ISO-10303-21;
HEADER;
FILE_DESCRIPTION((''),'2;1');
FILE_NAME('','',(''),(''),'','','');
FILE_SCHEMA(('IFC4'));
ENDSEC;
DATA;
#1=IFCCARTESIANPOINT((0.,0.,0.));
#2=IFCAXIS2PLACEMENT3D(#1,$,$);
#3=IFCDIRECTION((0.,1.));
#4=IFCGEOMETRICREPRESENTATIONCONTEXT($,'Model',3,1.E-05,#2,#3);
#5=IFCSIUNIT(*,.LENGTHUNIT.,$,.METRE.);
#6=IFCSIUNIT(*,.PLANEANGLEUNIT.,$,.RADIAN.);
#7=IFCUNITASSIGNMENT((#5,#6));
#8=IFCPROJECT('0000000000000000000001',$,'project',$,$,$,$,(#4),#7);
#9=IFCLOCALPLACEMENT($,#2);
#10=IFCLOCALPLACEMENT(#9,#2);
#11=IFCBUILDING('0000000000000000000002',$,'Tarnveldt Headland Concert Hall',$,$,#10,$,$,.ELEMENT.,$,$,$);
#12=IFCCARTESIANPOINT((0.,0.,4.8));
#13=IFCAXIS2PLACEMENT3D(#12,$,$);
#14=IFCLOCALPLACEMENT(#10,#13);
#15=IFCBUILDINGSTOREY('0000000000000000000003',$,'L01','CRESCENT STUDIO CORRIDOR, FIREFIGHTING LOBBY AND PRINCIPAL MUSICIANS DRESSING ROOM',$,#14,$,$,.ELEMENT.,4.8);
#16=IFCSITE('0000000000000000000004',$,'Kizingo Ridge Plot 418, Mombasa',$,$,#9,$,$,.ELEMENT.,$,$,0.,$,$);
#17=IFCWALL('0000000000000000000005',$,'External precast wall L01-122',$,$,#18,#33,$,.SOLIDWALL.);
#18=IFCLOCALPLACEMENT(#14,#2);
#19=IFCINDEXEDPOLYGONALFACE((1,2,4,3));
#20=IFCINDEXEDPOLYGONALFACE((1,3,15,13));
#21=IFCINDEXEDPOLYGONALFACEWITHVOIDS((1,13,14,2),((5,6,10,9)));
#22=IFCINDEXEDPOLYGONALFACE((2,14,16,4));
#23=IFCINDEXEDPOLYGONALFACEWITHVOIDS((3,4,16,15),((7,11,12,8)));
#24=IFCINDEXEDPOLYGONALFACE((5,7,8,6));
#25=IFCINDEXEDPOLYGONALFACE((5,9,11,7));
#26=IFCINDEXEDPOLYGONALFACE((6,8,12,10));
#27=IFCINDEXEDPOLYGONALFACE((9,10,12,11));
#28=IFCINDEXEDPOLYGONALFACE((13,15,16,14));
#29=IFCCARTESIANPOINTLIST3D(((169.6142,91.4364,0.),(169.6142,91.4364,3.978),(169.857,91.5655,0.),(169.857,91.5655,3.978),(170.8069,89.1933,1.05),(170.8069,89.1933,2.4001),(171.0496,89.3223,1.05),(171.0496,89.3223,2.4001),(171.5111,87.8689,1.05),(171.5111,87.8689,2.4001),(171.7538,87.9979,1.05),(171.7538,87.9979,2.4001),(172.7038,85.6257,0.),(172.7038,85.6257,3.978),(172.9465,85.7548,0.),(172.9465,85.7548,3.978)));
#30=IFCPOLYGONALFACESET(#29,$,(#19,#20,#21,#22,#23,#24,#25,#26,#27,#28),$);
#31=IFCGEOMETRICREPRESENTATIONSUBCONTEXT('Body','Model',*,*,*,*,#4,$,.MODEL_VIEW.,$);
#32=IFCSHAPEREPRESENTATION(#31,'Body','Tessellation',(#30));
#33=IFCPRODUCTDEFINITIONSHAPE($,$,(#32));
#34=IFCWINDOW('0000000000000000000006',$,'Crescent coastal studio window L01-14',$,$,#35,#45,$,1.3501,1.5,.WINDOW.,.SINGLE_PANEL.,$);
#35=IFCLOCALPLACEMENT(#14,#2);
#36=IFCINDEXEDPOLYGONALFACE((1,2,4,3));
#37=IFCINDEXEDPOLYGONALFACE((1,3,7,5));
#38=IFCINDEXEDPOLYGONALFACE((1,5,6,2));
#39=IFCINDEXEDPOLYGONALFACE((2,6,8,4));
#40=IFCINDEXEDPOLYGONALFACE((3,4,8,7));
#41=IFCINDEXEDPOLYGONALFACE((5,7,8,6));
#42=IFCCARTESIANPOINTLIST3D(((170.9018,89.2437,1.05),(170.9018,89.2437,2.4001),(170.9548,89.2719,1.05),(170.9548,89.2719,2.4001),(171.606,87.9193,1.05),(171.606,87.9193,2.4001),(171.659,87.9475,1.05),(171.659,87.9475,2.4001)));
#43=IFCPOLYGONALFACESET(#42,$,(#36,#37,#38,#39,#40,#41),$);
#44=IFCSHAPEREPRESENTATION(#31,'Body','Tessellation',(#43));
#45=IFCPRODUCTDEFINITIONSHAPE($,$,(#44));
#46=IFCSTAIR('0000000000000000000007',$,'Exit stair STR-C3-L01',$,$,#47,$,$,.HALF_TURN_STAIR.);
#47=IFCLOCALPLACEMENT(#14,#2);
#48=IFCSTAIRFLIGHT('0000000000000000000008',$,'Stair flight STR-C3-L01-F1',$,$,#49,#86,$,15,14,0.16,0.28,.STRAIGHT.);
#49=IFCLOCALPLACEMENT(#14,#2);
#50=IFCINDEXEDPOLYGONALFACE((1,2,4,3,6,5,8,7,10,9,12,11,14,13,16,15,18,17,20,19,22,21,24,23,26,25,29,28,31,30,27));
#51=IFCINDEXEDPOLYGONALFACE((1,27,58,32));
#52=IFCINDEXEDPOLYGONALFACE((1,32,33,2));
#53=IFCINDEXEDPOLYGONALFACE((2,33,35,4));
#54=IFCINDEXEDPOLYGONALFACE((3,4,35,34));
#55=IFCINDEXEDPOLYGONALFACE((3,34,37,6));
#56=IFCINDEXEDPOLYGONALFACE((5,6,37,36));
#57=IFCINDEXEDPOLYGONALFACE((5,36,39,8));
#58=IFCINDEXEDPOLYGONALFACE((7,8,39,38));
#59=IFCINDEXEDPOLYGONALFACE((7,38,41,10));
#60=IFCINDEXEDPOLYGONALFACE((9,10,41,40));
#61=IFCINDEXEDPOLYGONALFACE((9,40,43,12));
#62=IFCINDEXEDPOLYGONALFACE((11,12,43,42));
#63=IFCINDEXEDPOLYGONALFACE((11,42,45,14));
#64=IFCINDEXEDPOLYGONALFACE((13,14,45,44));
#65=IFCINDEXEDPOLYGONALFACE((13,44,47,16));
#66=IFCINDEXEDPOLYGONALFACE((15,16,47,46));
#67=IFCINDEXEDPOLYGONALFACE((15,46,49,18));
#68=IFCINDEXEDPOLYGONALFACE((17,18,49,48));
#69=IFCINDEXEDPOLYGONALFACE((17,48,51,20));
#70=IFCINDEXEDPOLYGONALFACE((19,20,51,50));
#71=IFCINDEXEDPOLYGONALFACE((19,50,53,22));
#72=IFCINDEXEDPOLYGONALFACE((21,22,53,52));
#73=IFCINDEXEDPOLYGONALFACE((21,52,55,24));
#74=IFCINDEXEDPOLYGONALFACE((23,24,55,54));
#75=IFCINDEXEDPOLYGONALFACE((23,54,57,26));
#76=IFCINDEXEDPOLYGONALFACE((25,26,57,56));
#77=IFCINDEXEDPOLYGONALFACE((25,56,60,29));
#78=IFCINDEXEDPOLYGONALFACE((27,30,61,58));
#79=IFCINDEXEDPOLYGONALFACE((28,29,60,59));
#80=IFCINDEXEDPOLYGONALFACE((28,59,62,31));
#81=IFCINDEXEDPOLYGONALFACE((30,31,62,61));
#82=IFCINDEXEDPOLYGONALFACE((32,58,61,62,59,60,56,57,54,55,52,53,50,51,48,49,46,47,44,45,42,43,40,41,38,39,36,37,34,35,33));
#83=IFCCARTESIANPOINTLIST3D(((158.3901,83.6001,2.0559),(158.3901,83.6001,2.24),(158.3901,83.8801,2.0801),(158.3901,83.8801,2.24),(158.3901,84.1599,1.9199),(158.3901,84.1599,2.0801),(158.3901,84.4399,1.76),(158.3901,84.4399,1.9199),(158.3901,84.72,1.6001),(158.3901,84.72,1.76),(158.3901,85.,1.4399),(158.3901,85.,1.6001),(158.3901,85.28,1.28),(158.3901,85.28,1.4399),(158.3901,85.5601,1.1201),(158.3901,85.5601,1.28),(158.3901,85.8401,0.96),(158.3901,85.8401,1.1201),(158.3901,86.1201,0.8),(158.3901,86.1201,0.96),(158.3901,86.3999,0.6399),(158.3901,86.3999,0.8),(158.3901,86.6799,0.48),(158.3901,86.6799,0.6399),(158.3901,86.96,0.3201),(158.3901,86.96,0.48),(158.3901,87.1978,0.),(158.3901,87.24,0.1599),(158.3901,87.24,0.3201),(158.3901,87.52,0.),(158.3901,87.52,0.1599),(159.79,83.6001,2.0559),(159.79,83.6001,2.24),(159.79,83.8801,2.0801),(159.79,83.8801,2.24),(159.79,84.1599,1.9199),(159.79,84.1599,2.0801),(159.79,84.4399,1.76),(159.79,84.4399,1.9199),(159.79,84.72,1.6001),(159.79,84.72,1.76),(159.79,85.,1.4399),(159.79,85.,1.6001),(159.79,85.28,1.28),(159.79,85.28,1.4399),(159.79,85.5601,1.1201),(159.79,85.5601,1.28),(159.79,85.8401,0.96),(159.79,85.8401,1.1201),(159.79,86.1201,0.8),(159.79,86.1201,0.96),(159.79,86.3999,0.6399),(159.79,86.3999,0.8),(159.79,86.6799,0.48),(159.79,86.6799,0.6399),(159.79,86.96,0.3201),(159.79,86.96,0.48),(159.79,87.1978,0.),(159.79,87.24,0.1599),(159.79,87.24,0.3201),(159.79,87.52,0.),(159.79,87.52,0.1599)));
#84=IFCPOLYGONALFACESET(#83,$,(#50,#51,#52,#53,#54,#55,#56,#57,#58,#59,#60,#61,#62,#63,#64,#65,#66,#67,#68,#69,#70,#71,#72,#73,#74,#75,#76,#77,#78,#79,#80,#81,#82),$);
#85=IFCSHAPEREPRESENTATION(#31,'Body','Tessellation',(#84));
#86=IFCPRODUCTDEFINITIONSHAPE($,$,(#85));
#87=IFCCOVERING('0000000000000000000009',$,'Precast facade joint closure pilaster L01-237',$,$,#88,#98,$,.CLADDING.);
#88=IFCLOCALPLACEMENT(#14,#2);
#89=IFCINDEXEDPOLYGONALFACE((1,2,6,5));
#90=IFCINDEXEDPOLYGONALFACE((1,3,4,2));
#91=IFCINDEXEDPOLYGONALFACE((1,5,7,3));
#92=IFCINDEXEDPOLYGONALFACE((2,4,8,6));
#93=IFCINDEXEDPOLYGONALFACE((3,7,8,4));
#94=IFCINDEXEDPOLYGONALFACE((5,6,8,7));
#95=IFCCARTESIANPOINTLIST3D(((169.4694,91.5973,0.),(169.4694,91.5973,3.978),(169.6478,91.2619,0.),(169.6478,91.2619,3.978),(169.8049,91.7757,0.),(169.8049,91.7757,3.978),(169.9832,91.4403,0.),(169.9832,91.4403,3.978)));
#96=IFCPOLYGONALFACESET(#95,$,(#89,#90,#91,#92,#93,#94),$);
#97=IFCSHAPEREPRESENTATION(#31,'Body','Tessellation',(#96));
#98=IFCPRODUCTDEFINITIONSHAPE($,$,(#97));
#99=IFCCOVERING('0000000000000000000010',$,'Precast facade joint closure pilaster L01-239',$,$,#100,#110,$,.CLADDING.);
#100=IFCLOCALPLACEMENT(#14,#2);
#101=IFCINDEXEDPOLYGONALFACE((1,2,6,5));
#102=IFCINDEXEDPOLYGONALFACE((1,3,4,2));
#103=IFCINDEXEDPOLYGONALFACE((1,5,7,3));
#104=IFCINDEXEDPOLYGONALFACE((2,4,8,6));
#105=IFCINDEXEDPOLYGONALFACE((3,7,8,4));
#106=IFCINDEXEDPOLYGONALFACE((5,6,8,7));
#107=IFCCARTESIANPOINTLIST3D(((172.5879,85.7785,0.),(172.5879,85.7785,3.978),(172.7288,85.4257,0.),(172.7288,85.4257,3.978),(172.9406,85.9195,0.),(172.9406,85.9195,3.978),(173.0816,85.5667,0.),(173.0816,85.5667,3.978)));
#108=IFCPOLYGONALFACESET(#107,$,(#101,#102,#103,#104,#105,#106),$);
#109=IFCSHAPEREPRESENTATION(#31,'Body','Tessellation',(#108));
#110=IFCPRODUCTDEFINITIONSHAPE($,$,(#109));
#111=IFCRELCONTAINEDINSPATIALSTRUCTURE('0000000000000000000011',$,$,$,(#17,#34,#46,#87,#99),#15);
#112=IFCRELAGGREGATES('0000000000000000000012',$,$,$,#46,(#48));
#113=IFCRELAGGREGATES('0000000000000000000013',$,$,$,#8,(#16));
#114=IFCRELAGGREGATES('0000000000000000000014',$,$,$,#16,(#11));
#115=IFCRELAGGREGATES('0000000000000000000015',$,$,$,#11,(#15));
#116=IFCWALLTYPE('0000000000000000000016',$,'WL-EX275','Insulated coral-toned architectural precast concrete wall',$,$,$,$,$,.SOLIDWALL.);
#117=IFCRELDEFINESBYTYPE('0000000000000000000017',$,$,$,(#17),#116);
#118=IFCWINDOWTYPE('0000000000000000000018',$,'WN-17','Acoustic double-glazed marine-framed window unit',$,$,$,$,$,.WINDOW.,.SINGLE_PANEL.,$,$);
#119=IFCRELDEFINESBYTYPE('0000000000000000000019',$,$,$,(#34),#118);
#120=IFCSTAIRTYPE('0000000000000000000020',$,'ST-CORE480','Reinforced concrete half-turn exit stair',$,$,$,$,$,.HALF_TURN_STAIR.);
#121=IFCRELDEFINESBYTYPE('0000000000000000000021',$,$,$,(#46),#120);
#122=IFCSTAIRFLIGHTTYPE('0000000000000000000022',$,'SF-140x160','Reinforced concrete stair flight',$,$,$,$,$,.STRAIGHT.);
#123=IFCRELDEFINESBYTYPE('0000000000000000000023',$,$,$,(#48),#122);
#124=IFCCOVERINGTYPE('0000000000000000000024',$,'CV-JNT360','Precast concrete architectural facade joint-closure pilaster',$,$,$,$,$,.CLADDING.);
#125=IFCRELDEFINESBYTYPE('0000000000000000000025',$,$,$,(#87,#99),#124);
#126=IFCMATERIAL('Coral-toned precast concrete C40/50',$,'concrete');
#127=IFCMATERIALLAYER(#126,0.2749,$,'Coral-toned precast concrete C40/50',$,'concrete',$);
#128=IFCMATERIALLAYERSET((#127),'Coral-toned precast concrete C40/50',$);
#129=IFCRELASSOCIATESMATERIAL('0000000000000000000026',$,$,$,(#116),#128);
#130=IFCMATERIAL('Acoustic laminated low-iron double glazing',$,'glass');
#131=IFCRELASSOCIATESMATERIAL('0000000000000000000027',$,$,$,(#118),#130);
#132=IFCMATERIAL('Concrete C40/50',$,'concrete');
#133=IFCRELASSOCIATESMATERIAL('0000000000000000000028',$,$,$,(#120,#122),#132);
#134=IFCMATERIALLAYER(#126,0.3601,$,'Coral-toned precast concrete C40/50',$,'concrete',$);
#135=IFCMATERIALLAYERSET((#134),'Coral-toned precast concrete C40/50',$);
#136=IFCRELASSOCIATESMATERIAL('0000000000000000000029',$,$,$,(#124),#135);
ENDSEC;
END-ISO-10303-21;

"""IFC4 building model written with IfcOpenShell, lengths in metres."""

from ifc_helpers import new_model, si_unit, direction, frame, frame_2d, origin, origin_2d, place, context, subcontext, project, spatial, polyline, rectangle, outline, extrude, material, layer, layer_set, type_object, element, fill, aggregate, save


model = new_model("IFC4")

# Units and contexts
model_context = context("Model", 3, precision=1e-05, world=origin(), true_north=direction((0.0, 1.0)))
body_context = subcontext(model_context, "Body", "Model", "MODEL_VIEW")
ifc_project = project(units=[si_unit("LENGTHUNIT", "METRE"), si_unit("PLANEANGLEUNIT", "RADIAN")], contexts=[model_context])

# Site, building, storey
site_placement = place(None, origin())
site = spatial("IfcSite", under=ifc_project, at=site_placement, Name="Kizingo Ridge Plot 418, Mombasa", CompositionType="ELEMENT", RefElevation=0.0)
building_placement = place(site_placement, origin())
building = spatial("IfcBuilding", under=site, at=building_placement, Name="Tarnveldt Headland Concert Hall", CompositionType="ELEMENT")
storey_placement = place(building_placement, frame((0.0, 0.0, 4.8)))
storey = spatial("IfcBuildingStorey", under=building, at=storey_placement, Name="L01", Description="CRESCENT STUDIO CORRIDOR, FIREFIGHTING LOBBY AND PRINCIPAL MUSICIANS DRESSING ROOM", CompositionType="ELEMENT", Elevation=4.8)

# Shared definitions
ifc_material_1 = material(Name="Concrete C40/50", Category="concrete")

# Wall, opening, window
ifc_material_2 = material(Name="Coral-toned precast concrete C40/50", Category="concrete")
ifc_layer_1 = layer(ifc_material_2, 0.2749, Name="Coral-toned precast concrete C40/50", Category="concrete")
ifc_layer_set_1 = layer_set([ifc_layer_1], Name="Coral-toned precast concrete C40/50")
wall_type_1 = type_object("IfcWallType", Name="WL-EX275", Description="Insulated coral-toned architectural precast concrete wall", PredefinedType="SOLIDWALL", material=ifc_layer_set_1)
ifc_material_3 = material(Name="Acoustic laminated low-iron double glazing", Category="glass")
wall_1_placement = place(storey_placement, frame((169.7356, 91.501, 0.0), z_axis=(0.0, 0.0, 1.0), x_axis=(0.469465, -0.882951, 0.0)))
wall_1 = element("IfcWall", 1, at=wall_1_placement, inside=storey, type_object=wall_type_1, Name="External precast wall L01-122", PredefinedType="SOLIDWALL", context=body_context, shape_type="SweptSolid", body=[
    extrude(rectangle(XDim=6.5811, YDim=0.2749, at=frame_2d((3.2905, 0.0))), origin(), (0.0, 0.0, 1.0), 3.978),
])
opening_1_placement = place(wall_1_placement, frame((2.5405, 0.0, 1.05)))
opening_1 = element("IfcOpeningElement", 2, at=opening_1_placement, cuts=wall_1, PredefinedType="OPENING", context=body_context, shape_type="SweptSolid", body=[
    extrude(rectangle(XDim=1.5, YDim=1.3501, at=frame_2d((0.75, 0.675))), frame((0.0, 0.1475, 0.0), z_axis=(0.0, -1.0, 0.0), x_axis=(1.0, 0.0, 0.0)), (0.0, 0.0, 1.0), 0.2949),
])
window_type_1 = type_object("IfcWindowType", Name="WN-17", Description="Acoustic double-glazed marine-framed window unit", PartitioningType="SINGLE_PANEL", PredefinedType="WINDOW", material=ifc_material_3)
window_1_placement = place(opening_1_placement, origin())
window_1 = element("IfcWindow", 3, at=window_1_placement, inside=storey, type_object=window_type_1, Name="Crescent coastal studio window L01-14", OverallHeight=1.3501, OverallWidth=1.5, PartitioningType="SINGLE_PANEL", PredefinedType="WINDOW", context=body_context, shape_type="SweptSolid", body=[
    extrude(rectangle(XDim=1.5, YDim=1.3501, at=frame_2d((0.75, 0.675))), frame((0.0, 0.03, 0.0), z_axis=(0.0, -1.0, 0.0), x_axis=(1.0, 0.0, 0.0)), (0.0, 0.0, 1.0), 0.0601),
])
fill(opening_1, window_1)

# Stair, stair flight
stair_type = type_object("IfcStairType", Name="ST-CORE480", Description="Reinforced concrete half-turn exit stair", PredefinedType="HALF_TURN_STAIR", material=ifc_material_1)
stair_placement = place(storey_placement, origin())
stair = element("IfcStair", 4, at=stair_placement, inside=storey, type_object=stair_type, Name="Exit stair STR-C3-L01", PredefinedType="HALF_TURN_STAIR")
stair_flight_type = type_object("IfcStairFlightType", Name="SF-140x160", Description="Reinforced concrete stair flight", PredefinedType="STRAIGHT", material=ifc_material_1)
stair_flight_placement = place(storey_placement, frame((159.0901, 87.52, 0.0), z_axis=(0.0, 0.0, 1.0), x_axis=(0.0, -1.0, 0.0)))
stair_flight = element("IfcStairFlight", 5, at=stair_flight_placement, type_object=stair_flight_type, Name="Stair flight STR-C3-L01-F1", NumberOfRisers=15, NumberOfTreads=14, PredefinedType="STRAIGHT", RiserHeight=0.16, TreadLength=0.28, context=body_context, shape_type="SweptSolid", body=[
    extrude(outline(polyline([(0.0, 0.0), (0.0, 0.1599), (0.28, 0.1599), (0.28, 0.3201), (0.5601, 0.3201), (0.5601, 0.48), (0.8401, 0.48), (0.8401, 0.6399), (1.1201, 0.6399), (1.1201, 0.8), (1.3999, 0.8), (1.3999, 0.96), (1.6799, 0.96), (1.6799, 1.1201), (1.96, 1.1201), (1.96, 1.28), (2.24, 1.28), (2.24, 1.4399), (2.52, 1.4399), (2.52, 1.6001), (2.8, 1.6001), (2.8, 1.76), (3.0801, 1.76), (3.0801, 1.9199), (3.3601, 1.9199), (3.3601, 2.0801), (3.6399, 2.0801), (3.6399, 2.24), (3.9199, 2.24), (3.9199, 2.3999), (3.9199, 2.0559), (0.3223, 0.0), (0.0, 0.0)])), frame((0.0, 0.7, 0.0), z_axis=(0.0, -1.0, 0.0), x_axis=(1.0, 0.0, 0.0)), (0.0, 0.0, 1.0), 1.3999),
])
aggregate(stair, [stair_flight])

# Coverings
ifc_layer_2 = layer(ifc_material_2, 0.3601, Name="Coral-toned precast concrete C40/50", Category="concrete")
ifc_layer_set_2 = layer_set([ifc_layer_2], Name="Coral-toned precast concrete C40/50")
covering_type = type_object("IfcCoveringType", Name="CV-JNT360", Description="Precast concrete architectural facade joint-closure pilaster", PredefinedType="CLADDING", material=ifc_layer_set_2)
for number, where, z_axis, x_axis, name in (
    (6, (169.7263, 91.5188, 0.0), (0.0, 0.0, 1.0), (0.469472, -0.882948, 0.0), "Precast facade joint closure pilaster L01-237"),
    (7, (172.8347, 85.6726, 0.0), (0.0, 0.0, 1.0), (0.371044, -0.928615, 0.0), "Precast facade joint closure pilaster L01-239"),
):
    element("IfcCovering", number, at=place(storey_placement, frame(where, z_axis=z_axis, x_axis=x_axis)), inside=storey, type_object=covering_type, Name=name, PredefinedType="CLADDING", context=body_context, shape_type="SweptSolid", body=[
        extrude(rectangle(XDim=0.3799, YDim=0.3799, at=origin_2d()), origin(), (0.0, 0.0, 1.0), 3.978),
    ])

save(model, "model.ifc")
